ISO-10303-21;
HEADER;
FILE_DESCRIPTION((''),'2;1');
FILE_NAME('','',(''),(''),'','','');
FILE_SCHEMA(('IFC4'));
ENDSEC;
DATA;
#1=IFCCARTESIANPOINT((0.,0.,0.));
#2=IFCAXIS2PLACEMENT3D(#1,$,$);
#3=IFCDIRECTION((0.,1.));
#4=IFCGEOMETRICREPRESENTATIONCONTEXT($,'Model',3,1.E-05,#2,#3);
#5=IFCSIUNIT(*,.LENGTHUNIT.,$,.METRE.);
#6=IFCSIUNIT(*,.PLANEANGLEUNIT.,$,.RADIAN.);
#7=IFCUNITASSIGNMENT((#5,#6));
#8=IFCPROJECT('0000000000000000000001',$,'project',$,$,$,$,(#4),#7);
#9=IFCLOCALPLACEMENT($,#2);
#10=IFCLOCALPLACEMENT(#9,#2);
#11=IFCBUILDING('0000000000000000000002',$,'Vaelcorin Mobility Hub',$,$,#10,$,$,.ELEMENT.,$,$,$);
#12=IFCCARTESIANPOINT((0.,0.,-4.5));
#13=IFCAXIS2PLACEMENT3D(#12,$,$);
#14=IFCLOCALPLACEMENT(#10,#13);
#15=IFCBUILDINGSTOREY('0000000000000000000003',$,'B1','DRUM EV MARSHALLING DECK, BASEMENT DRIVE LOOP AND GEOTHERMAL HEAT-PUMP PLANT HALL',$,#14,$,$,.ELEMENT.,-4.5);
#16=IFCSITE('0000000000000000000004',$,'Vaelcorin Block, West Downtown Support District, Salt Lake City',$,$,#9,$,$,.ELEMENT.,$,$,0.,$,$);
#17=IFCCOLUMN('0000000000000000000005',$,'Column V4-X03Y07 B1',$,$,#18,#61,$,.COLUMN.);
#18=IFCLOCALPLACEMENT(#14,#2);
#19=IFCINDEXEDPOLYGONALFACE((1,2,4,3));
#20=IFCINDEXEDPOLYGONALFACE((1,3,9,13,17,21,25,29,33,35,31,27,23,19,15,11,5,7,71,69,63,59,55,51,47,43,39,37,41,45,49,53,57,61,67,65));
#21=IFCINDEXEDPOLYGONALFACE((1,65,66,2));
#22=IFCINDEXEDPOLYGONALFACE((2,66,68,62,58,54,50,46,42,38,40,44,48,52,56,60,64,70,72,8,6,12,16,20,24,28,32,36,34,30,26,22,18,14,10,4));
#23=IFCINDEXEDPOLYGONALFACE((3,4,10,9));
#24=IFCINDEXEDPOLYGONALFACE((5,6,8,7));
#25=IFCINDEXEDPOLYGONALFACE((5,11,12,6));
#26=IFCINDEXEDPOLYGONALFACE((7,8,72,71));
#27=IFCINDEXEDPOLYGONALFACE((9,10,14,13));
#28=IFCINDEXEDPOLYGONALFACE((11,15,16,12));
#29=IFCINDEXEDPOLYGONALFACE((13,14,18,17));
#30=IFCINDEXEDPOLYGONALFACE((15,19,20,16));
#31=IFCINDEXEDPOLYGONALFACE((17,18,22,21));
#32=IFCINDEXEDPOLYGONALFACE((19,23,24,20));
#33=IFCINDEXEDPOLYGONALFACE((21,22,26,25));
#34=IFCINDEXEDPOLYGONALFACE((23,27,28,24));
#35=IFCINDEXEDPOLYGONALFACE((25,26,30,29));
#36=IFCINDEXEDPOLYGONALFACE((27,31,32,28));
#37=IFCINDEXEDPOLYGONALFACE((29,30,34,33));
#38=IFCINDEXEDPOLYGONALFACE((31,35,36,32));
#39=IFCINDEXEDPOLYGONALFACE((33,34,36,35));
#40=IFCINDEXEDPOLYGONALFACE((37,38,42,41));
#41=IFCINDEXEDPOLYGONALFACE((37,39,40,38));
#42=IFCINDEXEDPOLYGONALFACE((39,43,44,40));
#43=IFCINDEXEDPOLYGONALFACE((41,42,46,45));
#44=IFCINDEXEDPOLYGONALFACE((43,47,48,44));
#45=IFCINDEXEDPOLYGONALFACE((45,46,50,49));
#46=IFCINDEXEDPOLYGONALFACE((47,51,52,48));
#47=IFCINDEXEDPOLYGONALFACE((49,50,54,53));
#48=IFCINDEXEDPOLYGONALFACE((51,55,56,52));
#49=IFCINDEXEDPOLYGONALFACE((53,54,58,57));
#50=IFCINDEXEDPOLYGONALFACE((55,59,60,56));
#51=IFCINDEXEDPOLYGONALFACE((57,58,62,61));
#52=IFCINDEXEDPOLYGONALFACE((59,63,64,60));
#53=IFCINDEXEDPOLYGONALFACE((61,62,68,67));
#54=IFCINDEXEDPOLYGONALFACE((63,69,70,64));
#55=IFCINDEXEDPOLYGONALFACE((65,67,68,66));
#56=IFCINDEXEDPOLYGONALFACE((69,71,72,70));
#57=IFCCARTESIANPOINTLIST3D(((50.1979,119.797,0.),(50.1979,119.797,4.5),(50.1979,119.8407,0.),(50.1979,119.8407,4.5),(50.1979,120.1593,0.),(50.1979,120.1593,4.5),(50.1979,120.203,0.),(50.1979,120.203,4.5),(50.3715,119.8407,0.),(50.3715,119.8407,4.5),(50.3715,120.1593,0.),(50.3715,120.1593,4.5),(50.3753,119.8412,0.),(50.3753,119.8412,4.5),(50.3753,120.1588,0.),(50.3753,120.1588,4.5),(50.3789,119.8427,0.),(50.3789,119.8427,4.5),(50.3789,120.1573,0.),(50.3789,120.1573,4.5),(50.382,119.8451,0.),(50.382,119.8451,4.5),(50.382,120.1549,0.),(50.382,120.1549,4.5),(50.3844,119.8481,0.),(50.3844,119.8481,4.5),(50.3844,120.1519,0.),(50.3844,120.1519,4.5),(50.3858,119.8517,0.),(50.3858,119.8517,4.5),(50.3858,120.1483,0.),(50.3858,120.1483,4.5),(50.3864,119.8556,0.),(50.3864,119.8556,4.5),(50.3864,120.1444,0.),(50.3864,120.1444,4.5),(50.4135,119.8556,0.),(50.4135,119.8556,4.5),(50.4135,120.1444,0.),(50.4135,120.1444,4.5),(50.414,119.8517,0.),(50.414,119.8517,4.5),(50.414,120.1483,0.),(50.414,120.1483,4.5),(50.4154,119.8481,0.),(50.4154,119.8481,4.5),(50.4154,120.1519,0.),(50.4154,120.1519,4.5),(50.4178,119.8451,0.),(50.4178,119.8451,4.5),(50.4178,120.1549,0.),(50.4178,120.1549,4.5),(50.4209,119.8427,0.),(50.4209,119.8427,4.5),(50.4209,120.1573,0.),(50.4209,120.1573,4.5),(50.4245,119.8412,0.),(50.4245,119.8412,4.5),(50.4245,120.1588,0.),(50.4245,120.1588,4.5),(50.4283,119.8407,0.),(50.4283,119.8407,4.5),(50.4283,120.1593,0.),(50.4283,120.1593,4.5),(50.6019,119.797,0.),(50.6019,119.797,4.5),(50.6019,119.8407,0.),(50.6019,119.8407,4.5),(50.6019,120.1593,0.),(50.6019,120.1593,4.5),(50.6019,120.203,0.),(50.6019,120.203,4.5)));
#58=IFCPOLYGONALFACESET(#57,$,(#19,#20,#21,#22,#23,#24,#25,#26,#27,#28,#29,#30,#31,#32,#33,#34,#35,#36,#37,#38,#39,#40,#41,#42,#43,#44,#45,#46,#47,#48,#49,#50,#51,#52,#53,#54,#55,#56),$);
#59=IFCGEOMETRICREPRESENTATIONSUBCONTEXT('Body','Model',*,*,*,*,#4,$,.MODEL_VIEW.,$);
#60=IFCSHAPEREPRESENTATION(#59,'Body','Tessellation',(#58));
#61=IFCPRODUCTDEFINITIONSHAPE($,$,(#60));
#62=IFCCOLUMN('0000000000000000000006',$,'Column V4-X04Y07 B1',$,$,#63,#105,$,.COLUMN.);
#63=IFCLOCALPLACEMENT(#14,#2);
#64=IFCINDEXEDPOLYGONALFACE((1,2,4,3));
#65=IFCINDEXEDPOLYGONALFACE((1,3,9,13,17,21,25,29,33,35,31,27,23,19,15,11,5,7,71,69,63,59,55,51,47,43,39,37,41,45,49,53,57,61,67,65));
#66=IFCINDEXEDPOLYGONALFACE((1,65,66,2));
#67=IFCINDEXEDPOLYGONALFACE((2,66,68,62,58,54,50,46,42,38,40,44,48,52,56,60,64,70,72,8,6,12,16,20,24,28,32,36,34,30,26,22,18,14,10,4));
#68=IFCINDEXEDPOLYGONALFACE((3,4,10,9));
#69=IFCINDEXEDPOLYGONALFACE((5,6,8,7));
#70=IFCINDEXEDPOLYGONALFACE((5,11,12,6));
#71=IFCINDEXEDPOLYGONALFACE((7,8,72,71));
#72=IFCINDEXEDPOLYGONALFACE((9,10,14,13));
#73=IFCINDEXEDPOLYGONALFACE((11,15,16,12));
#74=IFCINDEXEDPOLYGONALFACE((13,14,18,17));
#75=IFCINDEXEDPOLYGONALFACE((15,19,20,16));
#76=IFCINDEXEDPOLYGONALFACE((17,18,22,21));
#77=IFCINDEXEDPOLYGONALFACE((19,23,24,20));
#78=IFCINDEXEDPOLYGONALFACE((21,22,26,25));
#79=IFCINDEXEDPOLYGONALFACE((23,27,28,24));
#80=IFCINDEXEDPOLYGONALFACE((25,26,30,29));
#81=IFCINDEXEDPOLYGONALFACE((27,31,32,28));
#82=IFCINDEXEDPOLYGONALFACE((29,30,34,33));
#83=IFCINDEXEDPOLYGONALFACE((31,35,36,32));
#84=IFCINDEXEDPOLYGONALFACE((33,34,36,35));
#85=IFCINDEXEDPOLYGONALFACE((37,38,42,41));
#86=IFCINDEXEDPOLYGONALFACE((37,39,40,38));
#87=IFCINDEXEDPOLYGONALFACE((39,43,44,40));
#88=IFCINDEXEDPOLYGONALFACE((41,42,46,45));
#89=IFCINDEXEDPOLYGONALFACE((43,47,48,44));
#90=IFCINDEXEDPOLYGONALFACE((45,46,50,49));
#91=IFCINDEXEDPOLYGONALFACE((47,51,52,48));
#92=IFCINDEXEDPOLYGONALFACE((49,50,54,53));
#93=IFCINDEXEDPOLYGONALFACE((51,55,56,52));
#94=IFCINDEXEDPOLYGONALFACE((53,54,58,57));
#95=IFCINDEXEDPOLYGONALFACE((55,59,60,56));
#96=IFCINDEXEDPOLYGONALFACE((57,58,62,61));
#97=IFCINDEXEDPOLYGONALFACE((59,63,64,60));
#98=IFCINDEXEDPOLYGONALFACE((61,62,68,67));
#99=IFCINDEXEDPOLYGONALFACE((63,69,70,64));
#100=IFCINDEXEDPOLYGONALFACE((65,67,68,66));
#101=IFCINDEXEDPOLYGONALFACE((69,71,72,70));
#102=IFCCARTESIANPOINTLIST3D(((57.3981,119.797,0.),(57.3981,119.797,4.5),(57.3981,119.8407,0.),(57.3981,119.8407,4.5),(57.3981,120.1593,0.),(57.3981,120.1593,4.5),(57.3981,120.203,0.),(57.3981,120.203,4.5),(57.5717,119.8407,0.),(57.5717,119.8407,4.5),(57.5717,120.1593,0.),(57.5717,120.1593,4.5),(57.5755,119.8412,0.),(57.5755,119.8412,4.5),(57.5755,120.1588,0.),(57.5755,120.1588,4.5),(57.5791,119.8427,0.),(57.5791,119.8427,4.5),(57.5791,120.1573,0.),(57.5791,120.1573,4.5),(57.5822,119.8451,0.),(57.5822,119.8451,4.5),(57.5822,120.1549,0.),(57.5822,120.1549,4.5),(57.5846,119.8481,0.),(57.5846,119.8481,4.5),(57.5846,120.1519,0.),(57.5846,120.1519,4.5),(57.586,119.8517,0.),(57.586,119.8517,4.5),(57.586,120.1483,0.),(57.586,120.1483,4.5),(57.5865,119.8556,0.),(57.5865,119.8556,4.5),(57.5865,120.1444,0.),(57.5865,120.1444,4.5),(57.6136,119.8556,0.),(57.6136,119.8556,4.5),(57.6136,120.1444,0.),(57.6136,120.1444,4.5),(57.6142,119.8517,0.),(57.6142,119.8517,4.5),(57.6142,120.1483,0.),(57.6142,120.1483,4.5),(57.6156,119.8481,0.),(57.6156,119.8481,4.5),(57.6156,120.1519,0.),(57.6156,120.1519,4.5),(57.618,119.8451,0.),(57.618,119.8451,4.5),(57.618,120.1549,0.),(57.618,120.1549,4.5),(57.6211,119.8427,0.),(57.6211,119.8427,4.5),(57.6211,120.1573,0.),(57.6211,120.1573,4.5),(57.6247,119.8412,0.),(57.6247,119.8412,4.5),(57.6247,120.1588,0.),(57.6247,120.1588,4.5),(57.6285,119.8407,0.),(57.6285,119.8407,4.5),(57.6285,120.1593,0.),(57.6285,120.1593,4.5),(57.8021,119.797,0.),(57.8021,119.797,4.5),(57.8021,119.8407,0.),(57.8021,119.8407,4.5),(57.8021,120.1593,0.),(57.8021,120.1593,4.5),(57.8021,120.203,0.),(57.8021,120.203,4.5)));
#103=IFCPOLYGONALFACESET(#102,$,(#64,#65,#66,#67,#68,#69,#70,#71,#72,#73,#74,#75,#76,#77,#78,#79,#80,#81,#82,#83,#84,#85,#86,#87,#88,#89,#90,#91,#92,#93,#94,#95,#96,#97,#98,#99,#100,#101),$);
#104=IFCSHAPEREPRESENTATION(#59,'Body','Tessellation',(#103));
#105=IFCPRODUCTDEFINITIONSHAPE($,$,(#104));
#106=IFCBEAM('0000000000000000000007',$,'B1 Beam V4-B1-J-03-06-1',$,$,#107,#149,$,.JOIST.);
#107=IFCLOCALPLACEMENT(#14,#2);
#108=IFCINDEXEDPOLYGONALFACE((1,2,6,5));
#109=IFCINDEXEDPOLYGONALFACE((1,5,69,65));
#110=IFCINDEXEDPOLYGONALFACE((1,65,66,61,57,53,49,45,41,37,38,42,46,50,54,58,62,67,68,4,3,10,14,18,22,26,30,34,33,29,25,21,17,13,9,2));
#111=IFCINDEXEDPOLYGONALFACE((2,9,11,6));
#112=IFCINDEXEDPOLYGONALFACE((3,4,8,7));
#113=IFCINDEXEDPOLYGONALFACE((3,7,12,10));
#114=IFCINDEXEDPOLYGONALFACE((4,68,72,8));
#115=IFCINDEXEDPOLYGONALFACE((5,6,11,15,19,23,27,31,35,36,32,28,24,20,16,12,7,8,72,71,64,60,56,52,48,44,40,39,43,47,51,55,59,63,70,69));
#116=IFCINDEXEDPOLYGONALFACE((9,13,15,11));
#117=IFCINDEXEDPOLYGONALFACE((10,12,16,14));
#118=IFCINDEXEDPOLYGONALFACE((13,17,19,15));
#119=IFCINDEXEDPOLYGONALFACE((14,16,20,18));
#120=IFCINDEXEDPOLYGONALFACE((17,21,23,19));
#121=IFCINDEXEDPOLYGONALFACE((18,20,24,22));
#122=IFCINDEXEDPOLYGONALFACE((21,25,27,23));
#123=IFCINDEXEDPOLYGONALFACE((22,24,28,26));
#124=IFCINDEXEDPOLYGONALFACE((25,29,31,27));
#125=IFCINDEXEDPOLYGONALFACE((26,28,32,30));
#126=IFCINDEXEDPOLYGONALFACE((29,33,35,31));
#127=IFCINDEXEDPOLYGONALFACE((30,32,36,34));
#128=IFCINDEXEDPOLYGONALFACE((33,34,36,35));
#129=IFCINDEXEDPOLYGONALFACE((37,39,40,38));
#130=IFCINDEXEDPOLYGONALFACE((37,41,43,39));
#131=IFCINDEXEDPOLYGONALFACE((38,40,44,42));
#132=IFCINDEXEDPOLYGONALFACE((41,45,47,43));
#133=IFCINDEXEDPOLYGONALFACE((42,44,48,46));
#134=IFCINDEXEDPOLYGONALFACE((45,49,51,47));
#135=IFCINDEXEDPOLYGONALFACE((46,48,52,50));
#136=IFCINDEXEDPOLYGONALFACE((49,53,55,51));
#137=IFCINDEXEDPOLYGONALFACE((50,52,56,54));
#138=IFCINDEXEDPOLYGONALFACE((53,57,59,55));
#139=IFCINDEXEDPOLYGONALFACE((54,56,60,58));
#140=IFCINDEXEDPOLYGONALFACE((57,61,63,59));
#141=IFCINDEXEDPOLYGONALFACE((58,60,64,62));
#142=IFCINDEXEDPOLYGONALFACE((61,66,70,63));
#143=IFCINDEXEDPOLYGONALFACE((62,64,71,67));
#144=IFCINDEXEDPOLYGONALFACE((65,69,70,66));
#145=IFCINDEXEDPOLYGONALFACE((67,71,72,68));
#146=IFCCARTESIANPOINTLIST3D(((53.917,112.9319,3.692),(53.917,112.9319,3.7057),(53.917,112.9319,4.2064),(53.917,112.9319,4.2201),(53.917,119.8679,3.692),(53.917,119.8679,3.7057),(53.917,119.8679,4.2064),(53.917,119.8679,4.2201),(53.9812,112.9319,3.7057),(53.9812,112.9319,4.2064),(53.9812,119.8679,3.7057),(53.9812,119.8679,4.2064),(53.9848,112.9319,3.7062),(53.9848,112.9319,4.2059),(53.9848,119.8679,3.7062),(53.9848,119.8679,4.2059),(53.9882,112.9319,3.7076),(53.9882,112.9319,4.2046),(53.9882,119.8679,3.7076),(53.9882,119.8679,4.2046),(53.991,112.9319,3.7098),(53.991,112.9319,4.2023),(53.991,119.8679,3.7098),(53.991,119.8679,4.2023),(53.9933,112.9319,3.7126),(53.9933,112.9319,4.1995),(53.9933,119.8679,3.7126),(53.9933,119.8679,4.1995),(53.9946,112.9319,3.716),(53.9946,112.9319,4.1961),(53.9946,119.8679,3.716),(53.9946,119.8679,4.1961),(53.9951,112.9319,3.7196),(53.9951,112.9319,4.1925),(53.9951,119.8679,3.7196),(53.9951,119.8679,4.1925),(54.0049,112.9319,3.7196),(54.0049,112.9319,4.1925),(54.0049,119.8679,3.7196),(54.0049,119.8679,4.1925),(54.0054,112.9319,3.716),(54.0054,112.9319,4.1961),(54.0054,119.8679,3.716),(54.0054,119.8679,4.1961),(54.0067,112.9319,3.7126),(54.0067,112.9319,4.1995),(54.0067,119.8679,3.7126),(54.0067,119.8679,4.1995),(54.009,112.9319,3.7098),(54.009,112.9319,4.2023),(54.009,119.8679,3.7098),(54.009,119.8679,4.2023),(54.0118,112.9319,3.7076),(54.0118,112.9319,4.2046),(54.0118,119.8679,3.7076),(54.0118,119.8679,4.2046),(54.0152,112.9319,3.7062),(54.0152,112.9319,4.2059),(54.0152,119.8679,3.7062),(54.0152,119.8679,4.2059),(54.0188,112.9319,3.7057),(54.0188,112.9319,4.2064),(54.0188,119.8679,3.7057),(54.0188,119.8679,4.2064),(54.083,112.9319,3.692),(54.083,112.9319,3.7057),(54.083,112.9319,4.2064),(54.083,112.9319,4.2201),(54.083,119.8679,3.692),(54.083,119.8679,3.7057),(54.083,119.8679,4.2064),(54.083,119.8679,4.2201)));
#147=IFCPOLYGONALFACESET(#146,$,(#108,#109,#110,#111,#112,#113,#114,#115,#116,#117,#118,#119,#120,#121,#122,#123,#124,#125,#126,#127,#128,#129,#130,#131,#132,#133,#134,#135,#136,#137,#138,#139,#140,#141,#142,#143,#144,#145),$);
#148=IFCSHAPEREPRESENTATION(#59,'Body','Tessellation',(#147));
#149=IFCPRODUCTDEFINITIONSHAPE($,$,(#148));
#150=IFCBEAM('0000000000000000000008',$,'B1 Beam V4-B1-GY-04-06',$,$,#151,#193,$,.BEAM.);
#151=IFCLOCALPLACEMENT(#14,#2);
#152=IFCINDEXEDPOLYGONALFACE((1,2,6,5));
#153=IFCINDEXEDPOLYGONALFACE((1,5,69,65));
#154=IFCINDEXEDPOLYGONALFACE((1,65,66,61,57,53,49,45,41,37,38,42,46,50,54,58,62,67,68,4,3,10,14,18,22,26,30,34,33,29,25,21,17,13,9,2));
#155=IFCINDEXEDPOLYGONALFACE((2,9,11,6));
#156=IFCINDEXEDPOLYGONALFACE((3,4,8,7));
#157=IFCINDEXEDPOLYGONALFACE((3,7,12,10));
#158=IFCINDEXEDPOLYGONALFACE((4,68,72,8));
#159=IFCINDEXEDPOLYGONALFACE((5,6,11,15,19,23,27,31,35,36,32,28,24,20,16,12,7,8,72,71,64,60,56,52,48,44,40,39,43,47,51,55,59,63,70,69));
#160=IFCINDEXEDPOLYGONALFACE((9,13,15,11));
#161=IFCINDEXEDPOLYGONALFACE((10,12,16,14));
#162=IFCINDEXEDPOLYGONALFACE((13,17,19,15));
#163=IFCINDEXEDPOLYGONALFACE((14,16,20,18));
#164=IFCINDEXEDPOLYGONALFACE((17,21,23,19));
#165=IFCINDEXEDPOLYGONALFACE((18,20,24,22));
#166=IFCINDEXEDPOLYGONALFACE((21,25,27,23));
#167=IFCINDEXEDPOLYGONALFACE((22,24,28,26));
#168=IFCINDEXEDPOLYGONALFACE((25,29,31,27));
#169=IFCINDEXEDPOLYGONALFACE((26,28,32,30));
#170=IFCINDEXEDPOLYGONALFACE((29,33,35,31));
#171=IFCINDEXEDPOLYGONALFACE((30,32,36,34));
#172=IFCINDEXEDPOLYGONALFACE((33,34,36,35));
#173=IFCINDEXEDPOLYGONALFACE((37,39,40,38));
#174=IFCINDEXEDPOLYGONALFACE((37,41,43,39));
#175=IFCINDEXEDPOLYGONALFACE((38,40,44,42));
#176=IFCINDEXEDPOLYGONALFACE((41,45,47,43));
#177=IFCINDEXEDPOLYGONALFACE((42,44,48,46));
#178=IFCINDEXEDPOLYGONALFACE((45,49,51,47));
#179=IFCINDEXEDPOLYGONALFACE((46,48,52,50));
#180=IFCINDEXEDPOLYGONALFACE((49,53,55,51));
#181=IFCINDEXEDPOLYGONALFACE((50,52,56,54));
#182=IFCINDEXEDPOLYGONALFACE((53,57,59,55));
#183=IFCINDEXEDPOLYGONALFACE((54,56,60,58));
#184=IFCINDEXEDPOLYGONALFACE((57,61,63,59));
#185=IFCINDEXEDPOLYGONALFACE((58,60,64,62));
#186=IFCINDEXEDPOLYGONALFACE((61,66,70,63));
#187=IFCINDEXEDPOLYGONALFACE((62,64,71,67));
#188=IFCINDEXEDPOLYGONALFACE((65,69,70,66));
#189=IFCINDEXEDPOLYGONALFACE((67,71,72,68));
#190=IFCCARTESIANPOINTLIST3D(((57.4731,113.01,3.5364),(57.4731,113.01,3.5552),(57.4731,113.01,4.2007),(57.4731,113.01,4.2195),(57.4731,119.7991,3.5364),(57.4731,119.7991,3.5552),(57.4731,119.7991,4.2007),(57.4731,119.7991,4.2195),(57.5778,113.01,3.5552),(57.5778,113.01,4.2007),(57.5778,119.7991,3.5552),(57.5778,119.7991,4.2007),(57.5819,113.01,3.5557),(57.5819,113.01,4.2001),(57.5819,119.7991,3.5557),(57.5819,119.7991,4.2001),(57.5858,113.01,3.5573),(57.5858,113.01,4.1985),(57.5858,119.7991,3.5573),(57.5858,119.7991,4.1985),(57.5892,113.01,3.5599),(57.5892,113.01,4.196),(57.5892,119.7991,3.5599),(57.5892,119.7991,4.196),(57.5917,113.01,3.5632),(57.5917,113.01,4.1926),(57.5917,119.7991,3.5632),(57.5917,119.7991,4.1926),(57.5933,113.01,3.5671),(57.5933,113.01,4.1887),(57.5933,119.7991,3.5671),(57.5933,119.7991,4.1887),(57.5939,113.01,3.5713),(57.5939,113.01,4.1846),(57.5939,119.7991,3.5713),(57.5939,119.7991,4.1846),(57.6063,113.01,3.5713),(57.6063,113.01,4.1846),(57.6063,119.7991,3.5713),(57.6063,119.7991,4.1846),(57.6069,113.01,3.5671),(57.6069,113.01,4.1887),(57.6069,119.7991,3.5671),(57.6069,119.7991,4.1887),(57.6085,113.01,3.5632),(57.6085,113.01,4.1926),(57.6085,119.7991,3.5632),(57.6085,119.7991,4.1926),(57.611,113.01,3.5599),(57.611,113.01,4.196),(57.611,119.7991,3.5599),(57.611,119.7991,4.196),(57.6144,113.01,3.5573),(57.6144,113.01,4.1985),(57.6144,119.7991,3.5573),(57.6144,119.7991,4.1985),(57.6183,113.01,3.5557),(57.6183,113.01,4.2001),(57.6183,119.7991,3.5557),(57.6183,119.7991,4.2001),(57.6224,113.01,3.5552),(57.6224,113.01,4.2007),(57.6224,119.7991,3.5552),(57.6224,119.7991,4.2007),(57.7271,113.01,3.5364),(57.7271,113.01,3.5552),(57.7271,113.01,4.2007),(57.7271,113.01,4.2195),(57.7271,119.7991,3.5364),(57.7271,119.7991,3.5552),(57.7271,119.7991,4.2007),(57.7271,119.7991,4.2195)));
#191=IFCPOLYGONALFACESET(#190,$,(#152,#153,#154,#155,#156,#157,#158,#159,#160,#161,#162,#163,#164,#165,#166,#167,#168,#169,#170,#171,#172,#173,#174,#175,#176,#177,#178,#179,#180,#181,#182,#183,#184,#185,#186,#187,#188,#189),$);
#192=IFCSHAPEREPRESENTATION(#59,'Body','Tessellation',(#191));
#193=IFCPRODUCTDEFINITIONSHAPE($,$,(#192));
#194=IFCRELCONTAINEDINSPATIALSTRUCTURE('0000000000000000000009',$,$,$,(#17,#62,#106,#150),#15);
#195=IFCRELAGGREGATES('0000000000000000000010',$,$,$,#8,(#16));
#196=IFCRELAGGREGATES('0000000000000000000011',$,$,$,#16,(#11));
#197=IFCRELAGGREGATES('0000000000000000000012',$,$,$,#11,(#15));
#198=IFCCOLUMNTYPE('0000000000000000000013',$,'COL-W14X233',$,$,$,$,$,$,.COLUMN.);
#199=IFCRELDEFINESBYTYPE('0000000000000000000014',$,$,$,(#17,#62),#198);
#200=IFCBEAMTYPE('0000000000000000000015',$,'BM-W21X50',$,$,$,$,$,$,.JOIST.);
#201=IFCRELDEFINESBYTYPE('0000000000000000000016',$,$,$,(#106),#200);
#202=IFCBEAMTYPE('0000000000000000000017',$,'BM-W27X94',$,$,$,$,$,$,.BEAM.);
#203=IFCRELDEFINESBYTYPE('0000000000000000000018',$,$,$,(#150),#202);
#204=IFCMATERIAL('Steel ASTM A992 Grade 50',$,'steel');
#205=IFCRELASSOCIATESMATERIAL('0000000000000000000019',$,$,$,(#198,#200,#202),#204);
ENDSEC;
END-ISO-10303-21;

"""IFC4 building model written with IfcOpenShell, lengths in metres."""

from ifc_helpers import new_model, si_unit, direction, frame, origin, origin_2d, place, context, subcontext, project, spatial, i_section, extrude, material, material_profile, profile_set, type_object, element, save


model = new_model("IFC4")

# Units and contexts
model_context = context("Model", 3, precision=1e-05, world=origin(), true_north=direction((0.0, 1.0)))
body_context = subcontext(model_context, "Body", "Model", "MODEL_VIEW")
ifc_project = project(units=[si_unit("LENGTHUNIT", "METRE"), si_unit("PLANEANGLEUNIT", "RADIAN")], contexts=[model_context])

# Site, building, storey
site_placement = place(None, origin())
site = spatial("IfcSite", under=ifc_project, at=site_placement, Name="Vaelcorin Block, West Downtown Support District, Salt Lake City", CompositionType="ELEMENT", RefElevation=0.0)
building_placement = place(site_placement, origin())
building = spatial("IfcBuilding", under=site, at=building_placement, Name="Vaelcorin Mobility Hub", CompositionType="ELEMENT")
storey_placement = place(building_placement, frame((0.0, 0.0, -4.5)))
storey = spatial("IfcBuildingStorey", under=building, at=storey_placement, Name="B1", Description="DRUM EV MARSHALLING DECK, BASEMENT DRIVE LOOP AND GEOTHERMAL HEAT-PUMP PLANT HALL", CompositionType="ELEMENT", Elevation=-4.5)

# Columns
ifc_material_1 = material(Name="Steel ASTM A992 Grade 50", Category="steel")
ifc_material_profile_1 = material_profile(ifc_material_1, i_section(OverallWidth=0.4041, OverallDepth=0.406, WebThickness=0.0271, FlangeThickness=0.0437, FilletRadius=0.0149, at=origin_2d()), Name="W14X233")
ifc_profile_set_1 = profile_set([ifc_material_profile_1], Name="Steel ASTM A992 Grade 50")
column_type = type_object("IfcColumnType", Name="COL-W14X233", PredefinedType="COLUMN", material=ifc_profile_set_1)
for number, where, z_axis, x_axis, name in (
    (1, (50.3999, 120.0, 0.0), (0.0, 0.0, 1.0), (1.0, 0.0, 0.0), "Column V4-X03Y07 B1"),
    (2, (57.6001, 120.0, 0.0), (0.0, 0.0, 1.0), (1.0, 0.0, 0.0), "Column V4-X04Y07 B1"),
):
    element("IfcColumn", number, at=place(storey_placement, frame(where, z_axis=z_axis, x_axis=x_axis)), inside=storey, type_object=column_type, Name=name, PredefinedType="COLUMN", context=body_context, shape_type="SweptSolid", body=[
        extrude(i_section(OverallWidth=0.4041, OverallDepth=0.406, WebThickness=0.0271, FlangeThickness=0.0437, FilletRadius=0.0149, at=origin_2d()), origin(), (0.0, 0.0, 1.0), 4.5),
    ])

# Beams
ifc_material_profile_2 = material_profile(ifc_material_1, i_section(OverallWidth=0.166, OverallDepth=0.5281, WebThickness=0.0098, FlangeThickness=0.0137, FilletRadius=0.0139, at=origin_2d()), Name="W21X50")
ifc_profile_set_2 = profile_set([ifc_material_profile_2], Name="Steel ASTM A992 Grade 50")
beam_type_1 = type_object("IfcBeamType", Name="BM-W21X50", PredefinedType="JOIST", material=ifc_profile_set_2)
beam_1_placement = place(storey_placement, frame((54.0, 112.9319, 3.9561), z_axis=(0.0, 1.0, 0.0), x_axis=(-1.0, 0.0, 0.0)))
element("IfcBeam", 3, at=beam_1_placement, inside=storey, type_object=beam_type_1, Name="B1 Beam V4-B1-J-03-06-1", PredefinedType="JOIST", context=body_context, shape_type="SweptSolid", body=[
    extrude(i_section(OverallWidth=0.166, OverallDepth=0.5281, WebThickness=0.0098, FlangeThickness=0.0137, FilletRadius=0.0139, at=origin_2d()), origin(), (0.0, 0.0, 1.0), 6.936),
])
ifc_material_profile_3 = material_profile(ifc_material_1, i_section(OverallWidth=0.2539, OverallDepth=0.6831, WebThickness=0.0125, FlangeThickness=0.0188, FilletRadius=0.0161, at=origin_2d()), Name="W27X94")
ifc_profile_set_3 = profile_set([ifc_material_profile_3], Name="Steel ASTM A992 Grade 50")
beam_type_2 = type_object("IfcBeamType", Name="BM-W27X94", PredefinedType="BEAM", material=ifc_profile_set_3)
beam_2_placement = place(storey_placement, frame((57.6001, 113.01, 3.8779), z_axis=(0.0, 1.0, 0.0), x_axis=(-1.0, 0.0, 0.0)))
element("IfcBeam", 4, at=beam_2_placement, inside=storey, type_object=beam_type_2, Name="B1 Beam V4-B1-GY-04-06", PredefinedType="BEAM", context=body_context, shape_type="SweptSolid", body=[
    extrude(i_section(OverallWidth=0.2539, OverallDepth=0.6831, WebThickness=0.0125, FlangeThickness=0.0188, FilletRadius=0.0161, at=origin_2d()), origin(), (0.0, 0.0, 1.0), 6.7891),
])

save(model, "model.ifc")
